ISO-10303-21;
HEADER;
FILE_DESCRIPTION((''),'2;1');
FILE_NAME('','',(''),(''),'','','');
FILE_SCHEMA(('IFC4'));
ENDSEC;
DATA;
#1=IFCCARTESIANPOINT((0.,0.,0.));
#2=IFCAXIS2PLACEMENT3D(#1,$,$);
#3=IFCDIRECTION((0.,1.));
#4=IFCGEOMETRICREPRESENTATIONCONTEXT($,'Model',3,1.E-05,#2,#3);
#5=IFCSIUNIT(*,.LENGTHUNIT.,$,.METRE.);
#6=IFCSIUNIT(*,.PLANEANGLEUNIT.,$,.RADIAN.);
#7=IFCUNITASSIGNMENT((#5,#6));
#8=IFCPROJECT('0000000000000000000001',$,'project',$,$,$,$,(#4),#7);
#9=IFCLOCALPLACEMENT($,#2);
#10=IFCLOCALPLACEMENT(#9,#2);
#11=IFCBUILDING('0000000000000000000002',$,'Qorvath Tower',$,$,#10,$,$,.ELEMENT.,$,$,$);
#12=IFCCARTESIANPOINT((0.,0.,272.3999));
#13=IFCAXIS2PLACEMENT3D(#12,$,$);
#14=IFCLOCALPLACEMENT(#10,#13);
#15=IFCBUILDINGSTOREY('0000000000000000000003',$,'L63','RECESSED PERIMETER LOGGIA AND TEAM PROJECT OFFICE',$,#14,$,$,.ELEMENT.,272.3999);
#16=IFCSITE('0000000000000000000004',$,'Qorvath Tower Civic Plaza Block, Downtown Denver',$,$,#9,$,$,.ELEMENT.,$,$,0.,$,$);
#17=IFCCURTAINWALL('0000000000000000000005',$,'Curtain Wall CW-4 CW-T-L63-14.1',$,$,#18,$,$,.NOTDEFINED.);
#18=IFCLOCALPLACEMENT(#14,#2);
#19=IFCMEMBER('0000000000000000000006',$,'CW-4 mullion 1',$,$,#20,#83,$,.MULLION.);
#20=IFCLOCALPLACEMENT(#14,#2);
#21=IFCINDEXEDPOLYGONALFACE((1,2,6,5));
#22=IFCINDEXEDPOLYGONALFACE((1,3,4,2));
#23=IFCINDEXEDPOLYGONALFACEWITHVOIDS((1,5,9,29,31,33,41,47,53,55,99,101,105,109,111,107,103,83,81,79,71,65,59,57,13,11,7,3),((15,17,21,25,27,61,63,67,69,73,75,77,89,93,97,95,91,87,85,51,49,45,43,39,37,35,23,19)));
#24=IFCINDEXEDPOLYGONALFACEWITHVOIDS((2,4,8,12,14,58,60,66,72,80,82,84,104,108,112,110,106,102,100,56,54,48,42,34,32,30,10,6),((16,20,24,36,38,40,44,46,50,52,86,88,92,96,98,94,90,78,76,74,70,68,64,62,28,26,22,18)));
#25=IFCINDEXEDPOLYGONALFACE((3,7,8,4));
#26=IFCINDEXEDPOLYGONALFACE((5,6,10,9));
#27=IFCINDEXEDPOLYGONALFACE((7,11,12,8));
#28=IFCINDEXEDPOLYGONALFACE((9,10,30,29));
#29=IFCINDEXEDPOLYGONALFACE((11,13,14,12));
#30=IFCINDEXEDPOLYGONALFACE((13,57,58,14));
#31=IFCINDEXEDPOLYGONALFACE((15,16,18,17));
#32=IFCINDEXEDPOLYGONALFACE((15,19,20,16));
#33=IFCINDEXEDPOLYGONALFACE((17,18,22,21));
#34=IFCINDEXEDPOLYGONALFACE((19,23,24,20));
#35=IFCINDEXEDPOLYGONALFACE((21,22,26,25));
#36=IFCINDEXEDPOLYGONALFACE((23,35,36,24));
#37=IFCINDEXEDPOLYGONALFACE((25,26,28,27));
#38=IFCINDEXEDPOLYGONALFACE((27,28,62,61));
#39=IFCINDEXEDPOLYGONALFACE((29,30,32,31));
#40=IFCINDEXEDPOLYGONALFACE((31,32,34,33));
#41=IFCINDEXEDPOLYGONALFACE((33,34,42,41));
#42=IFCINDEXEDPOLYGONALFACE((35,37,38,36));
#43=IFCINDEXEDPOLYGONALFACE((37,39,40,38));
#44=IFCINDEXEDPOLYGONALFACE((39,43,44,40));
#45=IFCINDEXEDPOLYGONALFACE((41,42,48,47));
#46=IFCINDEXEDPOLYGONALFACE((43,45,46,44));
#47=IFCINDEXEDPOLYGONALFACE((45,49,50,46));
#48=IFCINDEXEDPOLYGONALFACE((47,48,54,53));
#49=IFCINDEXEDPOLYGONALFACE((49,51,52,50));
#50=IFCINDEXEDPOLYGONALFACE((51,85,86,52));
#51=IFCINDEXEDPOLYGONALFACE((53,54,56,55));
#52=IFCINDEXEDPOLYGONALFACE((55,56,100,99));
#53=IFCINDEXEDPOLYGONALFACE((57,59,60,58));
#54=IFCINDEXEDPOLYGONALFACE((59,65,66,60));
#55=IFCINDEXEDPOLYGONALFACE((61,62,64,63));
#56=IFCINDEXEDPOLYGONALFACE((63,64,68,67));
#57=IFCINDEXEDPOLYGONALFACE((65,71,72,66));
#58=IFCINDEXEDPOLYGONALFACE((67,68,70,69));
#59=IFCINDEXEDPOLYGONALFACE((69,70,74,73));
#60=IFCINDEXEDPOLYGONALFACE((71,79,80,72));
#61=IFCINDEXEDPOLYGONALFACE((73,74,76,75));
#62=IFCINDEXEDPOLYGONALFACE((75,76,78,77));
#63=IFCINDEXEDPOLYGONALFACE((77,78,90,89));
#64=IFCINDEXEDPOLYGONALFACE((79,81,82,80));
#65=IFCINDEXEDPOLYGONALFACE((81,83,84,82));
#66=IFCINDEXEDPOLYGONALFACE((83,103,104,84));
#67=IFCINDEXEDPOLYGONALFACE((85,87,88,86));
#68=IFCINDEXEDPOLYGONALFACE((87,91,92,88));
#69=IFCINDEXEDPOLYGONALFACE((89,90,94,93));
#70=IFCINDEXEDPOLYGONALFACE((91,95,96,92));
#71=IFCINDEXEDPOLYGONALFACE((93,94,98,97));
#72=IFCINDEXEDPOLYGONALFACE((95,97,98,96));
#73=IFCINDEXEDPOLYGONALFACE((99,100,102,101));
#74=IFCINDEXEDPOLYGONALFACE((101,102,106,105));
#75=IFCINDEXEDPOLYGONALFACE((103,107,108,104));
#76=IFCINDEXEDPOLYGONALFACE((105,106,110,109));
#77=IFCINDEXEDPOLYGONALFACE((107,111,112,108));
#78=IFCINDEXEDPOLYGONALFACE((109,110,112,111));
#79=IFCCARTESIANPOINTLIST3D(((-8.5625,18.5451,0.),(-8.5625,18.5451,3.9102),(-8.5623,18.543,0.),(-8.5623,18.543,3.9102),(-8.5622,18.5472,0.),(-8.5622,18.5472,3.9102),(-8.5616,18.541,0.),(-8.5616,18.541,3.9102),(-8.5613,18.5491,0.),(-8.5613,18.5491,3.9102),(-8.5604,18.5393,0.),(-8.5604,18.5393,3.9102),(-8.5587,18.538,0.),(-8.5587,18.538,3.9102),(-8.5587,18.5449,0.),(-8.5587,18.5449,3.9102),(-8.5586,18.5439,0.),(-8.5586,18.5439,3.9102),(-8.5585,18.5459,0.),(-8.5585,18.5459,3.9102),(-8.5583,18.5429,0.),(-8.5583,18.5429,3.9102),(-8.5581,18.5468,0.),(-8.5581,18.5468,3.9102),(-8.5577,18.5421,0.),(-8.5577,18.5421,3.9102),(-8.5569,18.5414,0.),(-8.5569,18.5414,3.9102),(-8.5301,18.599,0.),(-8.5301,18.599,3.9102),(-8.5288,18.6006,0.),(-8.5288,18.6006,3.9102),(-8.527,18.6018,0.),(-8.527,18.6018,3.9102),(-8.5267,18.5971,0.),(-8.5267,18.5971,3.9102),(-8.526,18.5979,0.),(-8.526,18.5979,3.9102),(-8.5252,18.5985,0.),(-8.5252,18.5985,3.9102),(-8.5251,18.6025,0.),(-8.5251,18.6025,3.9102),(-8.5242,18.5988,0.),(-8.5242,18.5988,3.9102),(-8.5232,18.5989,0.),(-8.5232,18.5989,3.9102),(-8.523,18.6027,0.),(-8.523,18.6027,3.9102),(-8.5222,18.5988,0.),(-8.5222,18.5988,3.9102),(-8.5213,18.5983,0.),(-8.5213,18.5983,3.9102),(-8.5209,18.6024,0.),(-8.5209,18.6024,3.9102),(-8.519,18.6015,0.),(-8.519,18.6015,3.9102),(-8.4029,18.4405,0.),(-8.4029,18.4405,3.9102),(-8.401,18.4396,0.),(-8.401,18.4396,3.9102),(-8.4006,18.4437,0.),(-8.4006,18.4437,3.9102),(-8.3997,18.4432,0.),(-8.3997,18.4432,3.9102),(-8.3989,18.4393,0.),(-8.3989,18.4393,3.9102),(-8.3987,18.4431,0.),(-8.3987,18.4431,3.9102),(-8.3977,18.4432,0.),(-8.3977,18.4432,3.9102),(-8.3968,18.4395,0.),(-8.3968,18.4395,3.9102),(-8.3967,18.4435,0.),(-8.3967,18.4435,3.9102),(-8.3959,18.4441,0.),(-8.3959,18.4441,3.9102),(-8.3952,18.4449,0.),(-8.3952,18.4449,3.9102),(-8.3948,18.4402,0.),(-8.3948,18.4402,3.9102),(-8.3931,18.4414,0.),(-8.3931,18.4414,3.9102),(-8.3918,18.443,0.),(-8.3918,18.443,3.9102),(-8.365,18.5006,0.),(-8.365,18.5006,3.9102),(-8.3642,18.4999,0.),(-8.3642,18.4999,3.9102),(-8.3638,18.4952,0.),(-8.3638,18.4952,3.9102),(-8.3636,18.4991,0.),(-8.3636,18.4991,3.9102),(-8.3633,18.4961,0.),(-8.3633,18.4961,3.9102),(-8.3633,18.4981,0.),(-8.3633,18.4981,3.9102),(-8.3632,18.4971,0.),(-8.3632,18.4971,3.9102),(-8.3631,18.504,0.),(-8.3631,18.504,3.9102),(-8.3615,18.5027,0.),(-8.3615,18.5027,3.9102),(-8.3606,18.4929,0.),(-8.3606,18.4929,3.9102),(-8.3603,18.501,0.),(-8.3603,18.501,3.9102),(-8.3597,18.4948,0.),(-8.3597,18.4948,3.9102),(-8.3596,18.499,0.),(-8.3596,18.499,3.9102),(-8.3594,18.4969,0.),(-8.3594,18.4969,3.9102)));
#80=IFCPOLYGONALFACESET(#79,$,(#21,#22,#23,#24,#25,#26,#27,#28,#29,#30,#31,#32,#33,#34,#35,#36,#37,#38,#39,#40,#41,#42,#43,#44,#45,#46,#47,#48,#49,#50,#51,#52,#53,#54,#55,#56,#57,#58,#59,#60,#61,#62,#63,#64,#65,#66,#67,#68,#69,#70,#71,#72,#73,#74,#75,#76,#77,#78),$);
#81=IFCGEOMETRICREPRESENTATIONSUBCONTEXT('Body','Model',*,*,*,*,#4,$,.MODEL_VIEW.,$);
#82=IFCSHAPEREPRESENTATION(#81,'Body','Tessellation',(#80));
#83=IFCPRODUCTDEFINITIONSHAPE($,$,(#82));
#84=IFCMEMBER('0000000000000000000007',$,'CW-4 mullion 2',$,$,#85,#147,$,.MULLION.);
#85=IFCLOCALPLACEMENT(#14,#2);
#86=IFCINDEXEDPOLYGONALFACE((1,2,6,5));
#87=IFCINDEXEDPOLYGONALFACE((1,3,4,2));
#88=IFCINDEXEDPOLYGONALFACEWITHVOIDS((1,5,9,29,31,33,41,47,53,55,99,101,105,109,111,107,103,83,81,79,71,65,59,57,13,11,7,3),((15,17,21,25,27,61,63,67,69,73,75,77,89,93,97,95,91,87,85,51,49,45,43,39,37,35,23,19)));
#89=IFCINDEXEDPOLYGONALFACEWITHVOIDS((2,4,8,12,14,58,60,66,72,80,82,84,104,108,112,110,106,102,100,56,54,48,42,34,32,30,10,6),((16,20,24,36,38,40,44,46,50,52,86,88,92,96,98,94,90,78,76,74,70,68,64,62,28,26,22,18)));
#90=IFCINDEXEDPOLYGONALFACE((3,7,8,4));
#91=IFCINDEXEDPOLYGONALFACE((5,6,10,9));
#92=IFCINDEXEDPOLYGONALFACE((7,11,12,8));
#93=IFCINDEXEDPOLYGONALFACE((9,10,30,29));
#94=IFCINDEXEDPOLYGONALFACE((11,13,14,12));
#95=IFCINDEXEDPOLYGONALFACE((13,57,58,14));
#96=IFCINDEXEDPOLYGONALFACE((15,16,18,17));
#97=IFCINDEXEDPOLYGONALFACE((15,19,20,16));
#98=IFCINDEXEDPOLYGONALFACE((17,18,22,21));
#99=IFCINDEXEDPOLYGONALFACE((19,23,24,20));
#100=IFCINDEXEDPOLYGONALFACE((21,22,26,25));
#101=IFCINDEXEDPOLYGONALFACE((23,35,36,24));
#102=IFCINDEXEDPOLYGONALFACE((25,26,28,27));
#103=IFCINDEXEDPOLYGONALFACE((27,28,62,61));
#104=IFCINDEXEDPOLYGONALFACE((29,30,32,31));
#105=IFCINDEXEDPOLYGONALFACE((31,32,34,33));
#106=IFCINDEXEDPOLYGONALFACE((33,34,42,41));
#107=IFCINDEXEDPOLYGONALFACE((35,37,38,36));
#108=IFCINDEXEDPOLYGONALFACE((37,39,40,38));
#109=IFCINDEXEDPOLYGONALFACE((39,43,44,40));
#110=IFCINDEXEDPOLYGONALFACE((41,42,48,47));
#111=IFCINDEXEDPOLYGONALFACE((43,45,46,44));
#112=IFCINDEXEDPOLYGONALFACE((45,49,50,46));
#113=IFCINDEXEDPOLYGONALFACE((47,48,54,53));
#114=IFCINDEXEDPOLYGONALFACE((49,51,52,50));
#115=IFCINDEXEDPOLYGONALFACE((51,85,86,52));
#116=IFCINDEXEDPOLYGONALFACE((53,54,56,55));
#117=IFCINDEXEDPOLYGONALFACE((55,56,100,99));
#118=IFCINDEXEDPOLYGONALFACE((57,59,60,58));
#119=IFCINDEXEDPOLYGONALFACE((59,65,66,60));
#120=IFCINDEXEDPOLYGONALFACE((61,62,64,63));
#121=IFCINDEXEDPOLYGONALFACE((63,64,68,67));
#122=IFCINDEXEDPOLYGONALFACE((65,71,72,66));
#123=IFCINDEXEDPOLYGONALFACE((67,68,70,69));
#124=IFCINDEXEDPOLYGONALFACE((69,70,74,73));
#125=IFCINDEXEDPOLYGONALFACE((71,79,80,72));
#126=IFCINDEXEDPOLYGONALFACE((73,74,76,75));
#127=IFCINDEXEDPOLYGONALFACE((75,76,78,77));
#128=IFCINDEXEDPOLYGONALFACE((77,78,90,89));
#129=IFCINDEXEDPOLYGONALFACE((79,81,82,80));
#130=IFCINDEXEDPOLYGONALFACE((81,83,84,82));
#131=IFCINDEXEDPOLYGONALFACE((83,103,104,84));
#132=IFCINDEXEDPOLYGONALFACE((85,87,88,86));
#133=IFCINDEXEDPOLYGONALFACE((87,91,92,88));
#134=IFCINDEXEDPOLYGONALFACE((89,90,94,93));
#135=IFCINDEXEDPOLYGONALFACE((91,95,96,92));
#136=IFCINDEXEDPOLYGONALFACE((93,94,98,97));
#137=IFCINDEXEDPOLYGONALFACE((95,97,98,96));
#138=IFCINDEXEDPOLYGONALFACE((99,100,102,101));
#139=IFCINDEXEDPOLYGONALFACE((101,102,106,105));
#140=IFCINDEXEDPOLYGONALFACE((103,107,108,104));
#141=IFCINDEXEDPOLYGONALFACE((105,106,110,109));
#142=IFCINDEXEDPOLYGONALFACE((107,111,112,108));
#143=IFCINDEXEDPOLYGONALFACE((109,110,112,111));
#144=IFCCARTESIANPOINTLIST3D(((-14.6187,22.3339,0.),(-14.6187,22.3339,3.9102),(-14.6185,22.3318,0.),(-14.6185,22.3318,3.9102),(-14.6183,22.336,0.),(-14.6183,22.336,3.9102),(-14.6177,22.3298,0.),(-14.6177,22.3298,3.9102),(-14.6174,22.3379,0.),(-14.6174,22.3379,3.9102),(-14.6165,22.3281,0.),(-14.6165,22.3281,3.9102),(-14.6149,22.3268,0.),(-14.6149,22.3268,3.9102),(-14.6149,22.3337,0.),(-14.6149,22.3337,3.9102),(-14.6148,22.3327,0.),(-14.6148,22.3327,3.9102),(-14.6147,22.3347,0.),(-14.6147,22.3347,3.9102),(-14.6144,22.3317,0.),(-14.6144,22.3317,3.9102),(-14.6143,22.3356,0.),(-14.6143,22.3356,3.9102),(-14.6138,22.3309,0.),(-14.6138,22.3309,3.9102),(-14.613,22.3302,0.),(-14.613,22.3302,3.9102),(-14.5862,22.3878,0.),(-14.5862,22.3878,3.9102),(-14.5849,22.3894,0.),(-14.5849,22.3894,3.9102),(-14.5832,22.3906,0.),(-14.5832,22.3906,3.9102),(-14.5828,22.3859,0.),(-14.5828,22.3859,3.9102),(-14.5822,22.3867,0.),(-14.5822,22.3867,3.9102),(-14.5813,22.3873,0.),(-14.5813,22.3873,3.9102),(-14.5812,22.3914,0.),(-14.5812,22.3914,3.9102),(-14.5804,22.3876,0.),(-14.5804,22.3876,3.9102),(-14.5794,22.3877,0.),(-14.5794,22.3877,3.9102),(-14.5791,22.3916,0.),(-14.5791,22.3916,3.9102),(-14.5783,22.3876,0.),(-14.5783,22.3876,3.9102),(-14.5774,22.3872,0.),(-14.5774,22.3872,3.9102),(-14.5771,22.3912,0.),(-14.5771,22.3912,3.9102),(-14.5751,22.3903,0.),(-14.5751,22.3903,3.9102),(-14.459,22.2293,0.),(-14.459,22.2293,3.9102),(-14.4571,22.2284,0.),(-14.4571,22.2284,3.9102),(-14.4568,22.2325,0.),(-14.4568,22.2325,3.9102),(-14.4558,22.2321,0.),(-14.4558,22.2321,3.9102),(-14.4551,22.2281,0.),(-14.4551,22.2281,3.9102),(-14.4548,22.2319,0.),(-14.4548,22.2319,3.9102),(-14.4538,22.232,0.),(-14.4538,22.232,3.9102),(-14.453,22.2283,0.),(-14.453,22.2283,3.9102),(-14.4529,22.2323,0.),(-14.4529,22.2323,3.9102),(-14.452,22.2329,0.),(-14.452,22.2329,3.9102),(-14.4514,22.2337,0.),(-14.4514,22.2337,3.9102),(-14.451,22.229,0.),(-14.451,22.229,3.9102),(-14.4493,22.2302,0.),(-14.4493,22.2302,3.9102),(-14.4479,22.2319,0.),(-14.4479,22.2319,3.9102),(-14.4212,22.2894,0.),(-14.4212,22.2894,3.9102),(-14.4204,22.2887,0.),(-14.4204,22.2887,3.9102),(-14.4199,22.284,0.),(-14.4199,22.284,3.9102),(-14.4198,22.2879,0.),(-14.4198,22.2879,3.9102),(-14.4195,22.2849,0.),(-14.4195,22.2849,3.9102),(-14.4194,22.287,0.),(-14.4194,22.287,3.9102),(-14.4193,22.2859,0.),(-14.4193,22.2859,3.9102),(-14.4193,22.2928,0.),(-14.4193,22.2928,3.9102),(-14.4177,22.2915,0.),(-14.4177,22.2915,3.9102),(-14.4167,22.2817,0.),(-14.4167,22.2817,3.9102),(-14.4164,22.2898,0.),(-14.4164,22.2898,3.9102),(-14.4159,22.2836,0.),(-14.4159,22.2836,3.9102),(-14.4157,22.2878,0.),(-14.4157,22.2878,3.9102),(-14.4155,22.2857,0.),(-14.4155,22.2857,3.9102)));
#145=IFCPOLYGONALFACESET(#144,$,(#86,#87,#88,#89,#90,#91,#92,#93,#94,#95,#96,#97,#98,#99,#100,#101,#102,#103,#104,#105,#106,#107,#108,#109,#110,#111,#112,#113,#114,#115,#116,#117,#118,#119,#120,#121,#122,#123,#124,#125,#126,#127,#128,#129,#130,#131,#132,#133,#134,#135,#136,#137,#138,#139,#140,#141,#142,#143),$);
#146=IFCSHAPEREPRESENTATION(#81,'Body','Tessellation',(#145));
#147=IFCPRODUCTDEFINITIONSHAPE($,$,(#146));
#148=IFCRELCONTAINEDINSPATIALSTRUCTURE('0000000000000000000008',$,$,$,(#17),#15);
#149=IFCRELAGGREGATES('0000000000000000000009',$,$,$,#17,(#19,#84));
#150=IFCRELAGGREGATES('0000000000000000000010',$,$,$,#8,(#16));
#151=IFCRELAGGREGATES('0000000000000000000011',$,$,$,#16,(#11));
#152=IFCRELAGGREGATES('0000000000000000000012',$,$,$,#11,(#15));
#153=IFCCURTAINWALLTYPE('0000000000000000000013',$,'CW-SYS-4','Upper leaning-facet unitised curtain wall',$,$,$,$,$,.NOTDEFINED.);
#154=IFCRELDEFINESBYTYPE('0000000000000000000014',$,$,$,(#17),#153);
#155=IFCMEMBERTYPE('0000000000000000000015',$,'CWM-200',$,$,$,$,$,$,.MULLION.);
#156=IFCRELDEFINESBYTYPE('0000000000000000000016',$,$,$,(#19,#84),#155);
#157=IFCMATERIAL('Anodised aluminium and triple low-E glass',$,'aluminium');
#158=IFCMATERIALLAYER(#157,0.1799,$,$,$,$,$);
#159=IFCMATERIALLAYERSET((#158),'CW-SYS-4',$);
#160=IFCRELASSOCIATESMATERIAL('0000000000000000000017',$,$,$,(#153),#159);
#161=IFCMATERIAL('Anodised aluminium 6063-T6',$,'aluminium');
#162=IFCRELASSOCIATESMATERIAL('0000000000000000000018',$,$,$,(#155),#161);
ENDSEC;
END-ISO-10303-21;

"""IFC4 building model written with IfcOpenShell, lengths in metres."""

from ifc_helpers import new_model, si_unit, direction, frame, origin, origin_2d, place, context, subcontext, project, spatial, hollow_rectangle, extrude, material, layer, layer_set, material_profile, profile_set, type_object, element, aggregate, save


model = new_model("IFC4")

# Units and contexts
model_context = context("Model", 3, precision=1e-05, world=origin(), true_north=direction((0.0, 1.0)))
body_context = subcontext(model_context, "Body", "Model", "MODEL_VIEW")
ifc_project = project(units=[si_unit("LENGTHUNIT", "METRE"), si_unit("PLANEANGLEUNIT", "RADIAN")], contexts=[model_context])

# Site, building, storey
site_placement = place(None, origin())
site = spatial("IfcSite", under=ifc_project, at=site_placement, Name="Qorvath Tower Civic Plaza Block, Downtown Denver", CompositionType="ELEMENT", RefElevation=0.0)
building_placement = place(site_placement, origin())
building = spatial("IfcBuilding", under=site, at=building_placement, Name="Qorvath Tower", CompositionType="ELEMENT")
storey_placement = place(building_placement, frame((0.0, 0.0, 272.3999)))
storey = spatial("IfcBuildingStorey", under=building, at=storey_placement, Name="L63", Description="RECESSED PERIMETER LOGGIA AND TEAM PROJECT OFFICE", CompositionType="ELEMENT", Elevation=272.3999)

# Shared definitions
ifc_material_1 = material(Name="Anodised aluminium and triple low-E glass", Category="aluminium")
ifc_layer_1 = layer(ifc_material_1, 0.1799)
ifc_layer_set_1 = layer_set([ifc_layer_1], Name="CW-SYS-4")
curtain_wall_type = type_object("IfcCurtainWallType", Name="CW-SYS-4", Description="Upper leaning-facet unitised curtain wall", PredefinedType="NOTDEFINED", material=ifc_layer_set_1)
ifc_material_2 = material(Name="Anodised aluminium 6063-T6", Category="aluminium")
ifc_material_profile_1 = material_profile(ifc_material_2, hollow_rectangle(XDim=0.075, YDim=0.2, WallThickness=0.0039, InnerFilletRadius=0.0039, OuterFilletRadius=0.0081, at=origin_2d()), Name="CWM 200x75")
ifc_profile_set_1 = profile_set([ifc_material_profile_1], Name="Anodised aluminium 6063-T6")
member_type_1 = type_object("IfcMemberType", Name="CWM-200", PredefinedType="MULLION", material=ifc_profile_set_1)

# Curtain wall, members
curtain_wall_1_placement = place(storey_placement, origin())
curtain_wall_1 = element("IfcCurtainWall", 1, at=curtain_wall_1_placement, inside=storey, type_object=curtain_wall_type, Name="Curtain Wall CW-4 CW-T-L63-14.1", PredefinedType="NOTDEFINED")
member_1_placement = place(storey_placement, frame((-8.4609, 18.521, 0.0), z_axis=(0.0, 0.0, 1.0), x_axis=(-0.530363, -0.847771, 0.0)))
member_1 = element("IfcMember", 2, at=member_1_placement, type_object=member_type_1, Name="CW-4 mullion 1", PredefinedType="MULLION", context=body_context, shape_type="SweptSolid", body=[
    extrude(hollow_rectangle(XDim=0.075, YDim=0.2, WallThickness=0.0039, InnerFilletRadius=0.0039, OuterFilletRadius=0.0081, at=origin_2d()), origin(), (0.0, 0.0, 1.0), 3.9102),
])
member_2_placement = place(storey_placement, frame((-14.5171, 22.3098, 0.0), z_axis=(0.0, 0.0, 1.0), x_axis=(-0.530363, -0.847771, 0.0)))
member_2 = element("IfcMember", 3, at=member_2_placement, type_object=member_type_1, Name="CW-4 mullion 2", PredefinedType="MULLION", context=body_context, shape_type="SweptSolid", body=[
    extrude(hollow_rectangle(XDim=0.075, YDim=0.2, WallThickness=0.0039, InnerFilletRadius=0.0039, OuterFilletRadius=0.0081, at=origin_2d()), origin(), (0.0, 0.0, 1.0), 3.9102),
])

aggregate(curtain_wall_1, [member_1, member_2])

save(model, "model.ifc")
